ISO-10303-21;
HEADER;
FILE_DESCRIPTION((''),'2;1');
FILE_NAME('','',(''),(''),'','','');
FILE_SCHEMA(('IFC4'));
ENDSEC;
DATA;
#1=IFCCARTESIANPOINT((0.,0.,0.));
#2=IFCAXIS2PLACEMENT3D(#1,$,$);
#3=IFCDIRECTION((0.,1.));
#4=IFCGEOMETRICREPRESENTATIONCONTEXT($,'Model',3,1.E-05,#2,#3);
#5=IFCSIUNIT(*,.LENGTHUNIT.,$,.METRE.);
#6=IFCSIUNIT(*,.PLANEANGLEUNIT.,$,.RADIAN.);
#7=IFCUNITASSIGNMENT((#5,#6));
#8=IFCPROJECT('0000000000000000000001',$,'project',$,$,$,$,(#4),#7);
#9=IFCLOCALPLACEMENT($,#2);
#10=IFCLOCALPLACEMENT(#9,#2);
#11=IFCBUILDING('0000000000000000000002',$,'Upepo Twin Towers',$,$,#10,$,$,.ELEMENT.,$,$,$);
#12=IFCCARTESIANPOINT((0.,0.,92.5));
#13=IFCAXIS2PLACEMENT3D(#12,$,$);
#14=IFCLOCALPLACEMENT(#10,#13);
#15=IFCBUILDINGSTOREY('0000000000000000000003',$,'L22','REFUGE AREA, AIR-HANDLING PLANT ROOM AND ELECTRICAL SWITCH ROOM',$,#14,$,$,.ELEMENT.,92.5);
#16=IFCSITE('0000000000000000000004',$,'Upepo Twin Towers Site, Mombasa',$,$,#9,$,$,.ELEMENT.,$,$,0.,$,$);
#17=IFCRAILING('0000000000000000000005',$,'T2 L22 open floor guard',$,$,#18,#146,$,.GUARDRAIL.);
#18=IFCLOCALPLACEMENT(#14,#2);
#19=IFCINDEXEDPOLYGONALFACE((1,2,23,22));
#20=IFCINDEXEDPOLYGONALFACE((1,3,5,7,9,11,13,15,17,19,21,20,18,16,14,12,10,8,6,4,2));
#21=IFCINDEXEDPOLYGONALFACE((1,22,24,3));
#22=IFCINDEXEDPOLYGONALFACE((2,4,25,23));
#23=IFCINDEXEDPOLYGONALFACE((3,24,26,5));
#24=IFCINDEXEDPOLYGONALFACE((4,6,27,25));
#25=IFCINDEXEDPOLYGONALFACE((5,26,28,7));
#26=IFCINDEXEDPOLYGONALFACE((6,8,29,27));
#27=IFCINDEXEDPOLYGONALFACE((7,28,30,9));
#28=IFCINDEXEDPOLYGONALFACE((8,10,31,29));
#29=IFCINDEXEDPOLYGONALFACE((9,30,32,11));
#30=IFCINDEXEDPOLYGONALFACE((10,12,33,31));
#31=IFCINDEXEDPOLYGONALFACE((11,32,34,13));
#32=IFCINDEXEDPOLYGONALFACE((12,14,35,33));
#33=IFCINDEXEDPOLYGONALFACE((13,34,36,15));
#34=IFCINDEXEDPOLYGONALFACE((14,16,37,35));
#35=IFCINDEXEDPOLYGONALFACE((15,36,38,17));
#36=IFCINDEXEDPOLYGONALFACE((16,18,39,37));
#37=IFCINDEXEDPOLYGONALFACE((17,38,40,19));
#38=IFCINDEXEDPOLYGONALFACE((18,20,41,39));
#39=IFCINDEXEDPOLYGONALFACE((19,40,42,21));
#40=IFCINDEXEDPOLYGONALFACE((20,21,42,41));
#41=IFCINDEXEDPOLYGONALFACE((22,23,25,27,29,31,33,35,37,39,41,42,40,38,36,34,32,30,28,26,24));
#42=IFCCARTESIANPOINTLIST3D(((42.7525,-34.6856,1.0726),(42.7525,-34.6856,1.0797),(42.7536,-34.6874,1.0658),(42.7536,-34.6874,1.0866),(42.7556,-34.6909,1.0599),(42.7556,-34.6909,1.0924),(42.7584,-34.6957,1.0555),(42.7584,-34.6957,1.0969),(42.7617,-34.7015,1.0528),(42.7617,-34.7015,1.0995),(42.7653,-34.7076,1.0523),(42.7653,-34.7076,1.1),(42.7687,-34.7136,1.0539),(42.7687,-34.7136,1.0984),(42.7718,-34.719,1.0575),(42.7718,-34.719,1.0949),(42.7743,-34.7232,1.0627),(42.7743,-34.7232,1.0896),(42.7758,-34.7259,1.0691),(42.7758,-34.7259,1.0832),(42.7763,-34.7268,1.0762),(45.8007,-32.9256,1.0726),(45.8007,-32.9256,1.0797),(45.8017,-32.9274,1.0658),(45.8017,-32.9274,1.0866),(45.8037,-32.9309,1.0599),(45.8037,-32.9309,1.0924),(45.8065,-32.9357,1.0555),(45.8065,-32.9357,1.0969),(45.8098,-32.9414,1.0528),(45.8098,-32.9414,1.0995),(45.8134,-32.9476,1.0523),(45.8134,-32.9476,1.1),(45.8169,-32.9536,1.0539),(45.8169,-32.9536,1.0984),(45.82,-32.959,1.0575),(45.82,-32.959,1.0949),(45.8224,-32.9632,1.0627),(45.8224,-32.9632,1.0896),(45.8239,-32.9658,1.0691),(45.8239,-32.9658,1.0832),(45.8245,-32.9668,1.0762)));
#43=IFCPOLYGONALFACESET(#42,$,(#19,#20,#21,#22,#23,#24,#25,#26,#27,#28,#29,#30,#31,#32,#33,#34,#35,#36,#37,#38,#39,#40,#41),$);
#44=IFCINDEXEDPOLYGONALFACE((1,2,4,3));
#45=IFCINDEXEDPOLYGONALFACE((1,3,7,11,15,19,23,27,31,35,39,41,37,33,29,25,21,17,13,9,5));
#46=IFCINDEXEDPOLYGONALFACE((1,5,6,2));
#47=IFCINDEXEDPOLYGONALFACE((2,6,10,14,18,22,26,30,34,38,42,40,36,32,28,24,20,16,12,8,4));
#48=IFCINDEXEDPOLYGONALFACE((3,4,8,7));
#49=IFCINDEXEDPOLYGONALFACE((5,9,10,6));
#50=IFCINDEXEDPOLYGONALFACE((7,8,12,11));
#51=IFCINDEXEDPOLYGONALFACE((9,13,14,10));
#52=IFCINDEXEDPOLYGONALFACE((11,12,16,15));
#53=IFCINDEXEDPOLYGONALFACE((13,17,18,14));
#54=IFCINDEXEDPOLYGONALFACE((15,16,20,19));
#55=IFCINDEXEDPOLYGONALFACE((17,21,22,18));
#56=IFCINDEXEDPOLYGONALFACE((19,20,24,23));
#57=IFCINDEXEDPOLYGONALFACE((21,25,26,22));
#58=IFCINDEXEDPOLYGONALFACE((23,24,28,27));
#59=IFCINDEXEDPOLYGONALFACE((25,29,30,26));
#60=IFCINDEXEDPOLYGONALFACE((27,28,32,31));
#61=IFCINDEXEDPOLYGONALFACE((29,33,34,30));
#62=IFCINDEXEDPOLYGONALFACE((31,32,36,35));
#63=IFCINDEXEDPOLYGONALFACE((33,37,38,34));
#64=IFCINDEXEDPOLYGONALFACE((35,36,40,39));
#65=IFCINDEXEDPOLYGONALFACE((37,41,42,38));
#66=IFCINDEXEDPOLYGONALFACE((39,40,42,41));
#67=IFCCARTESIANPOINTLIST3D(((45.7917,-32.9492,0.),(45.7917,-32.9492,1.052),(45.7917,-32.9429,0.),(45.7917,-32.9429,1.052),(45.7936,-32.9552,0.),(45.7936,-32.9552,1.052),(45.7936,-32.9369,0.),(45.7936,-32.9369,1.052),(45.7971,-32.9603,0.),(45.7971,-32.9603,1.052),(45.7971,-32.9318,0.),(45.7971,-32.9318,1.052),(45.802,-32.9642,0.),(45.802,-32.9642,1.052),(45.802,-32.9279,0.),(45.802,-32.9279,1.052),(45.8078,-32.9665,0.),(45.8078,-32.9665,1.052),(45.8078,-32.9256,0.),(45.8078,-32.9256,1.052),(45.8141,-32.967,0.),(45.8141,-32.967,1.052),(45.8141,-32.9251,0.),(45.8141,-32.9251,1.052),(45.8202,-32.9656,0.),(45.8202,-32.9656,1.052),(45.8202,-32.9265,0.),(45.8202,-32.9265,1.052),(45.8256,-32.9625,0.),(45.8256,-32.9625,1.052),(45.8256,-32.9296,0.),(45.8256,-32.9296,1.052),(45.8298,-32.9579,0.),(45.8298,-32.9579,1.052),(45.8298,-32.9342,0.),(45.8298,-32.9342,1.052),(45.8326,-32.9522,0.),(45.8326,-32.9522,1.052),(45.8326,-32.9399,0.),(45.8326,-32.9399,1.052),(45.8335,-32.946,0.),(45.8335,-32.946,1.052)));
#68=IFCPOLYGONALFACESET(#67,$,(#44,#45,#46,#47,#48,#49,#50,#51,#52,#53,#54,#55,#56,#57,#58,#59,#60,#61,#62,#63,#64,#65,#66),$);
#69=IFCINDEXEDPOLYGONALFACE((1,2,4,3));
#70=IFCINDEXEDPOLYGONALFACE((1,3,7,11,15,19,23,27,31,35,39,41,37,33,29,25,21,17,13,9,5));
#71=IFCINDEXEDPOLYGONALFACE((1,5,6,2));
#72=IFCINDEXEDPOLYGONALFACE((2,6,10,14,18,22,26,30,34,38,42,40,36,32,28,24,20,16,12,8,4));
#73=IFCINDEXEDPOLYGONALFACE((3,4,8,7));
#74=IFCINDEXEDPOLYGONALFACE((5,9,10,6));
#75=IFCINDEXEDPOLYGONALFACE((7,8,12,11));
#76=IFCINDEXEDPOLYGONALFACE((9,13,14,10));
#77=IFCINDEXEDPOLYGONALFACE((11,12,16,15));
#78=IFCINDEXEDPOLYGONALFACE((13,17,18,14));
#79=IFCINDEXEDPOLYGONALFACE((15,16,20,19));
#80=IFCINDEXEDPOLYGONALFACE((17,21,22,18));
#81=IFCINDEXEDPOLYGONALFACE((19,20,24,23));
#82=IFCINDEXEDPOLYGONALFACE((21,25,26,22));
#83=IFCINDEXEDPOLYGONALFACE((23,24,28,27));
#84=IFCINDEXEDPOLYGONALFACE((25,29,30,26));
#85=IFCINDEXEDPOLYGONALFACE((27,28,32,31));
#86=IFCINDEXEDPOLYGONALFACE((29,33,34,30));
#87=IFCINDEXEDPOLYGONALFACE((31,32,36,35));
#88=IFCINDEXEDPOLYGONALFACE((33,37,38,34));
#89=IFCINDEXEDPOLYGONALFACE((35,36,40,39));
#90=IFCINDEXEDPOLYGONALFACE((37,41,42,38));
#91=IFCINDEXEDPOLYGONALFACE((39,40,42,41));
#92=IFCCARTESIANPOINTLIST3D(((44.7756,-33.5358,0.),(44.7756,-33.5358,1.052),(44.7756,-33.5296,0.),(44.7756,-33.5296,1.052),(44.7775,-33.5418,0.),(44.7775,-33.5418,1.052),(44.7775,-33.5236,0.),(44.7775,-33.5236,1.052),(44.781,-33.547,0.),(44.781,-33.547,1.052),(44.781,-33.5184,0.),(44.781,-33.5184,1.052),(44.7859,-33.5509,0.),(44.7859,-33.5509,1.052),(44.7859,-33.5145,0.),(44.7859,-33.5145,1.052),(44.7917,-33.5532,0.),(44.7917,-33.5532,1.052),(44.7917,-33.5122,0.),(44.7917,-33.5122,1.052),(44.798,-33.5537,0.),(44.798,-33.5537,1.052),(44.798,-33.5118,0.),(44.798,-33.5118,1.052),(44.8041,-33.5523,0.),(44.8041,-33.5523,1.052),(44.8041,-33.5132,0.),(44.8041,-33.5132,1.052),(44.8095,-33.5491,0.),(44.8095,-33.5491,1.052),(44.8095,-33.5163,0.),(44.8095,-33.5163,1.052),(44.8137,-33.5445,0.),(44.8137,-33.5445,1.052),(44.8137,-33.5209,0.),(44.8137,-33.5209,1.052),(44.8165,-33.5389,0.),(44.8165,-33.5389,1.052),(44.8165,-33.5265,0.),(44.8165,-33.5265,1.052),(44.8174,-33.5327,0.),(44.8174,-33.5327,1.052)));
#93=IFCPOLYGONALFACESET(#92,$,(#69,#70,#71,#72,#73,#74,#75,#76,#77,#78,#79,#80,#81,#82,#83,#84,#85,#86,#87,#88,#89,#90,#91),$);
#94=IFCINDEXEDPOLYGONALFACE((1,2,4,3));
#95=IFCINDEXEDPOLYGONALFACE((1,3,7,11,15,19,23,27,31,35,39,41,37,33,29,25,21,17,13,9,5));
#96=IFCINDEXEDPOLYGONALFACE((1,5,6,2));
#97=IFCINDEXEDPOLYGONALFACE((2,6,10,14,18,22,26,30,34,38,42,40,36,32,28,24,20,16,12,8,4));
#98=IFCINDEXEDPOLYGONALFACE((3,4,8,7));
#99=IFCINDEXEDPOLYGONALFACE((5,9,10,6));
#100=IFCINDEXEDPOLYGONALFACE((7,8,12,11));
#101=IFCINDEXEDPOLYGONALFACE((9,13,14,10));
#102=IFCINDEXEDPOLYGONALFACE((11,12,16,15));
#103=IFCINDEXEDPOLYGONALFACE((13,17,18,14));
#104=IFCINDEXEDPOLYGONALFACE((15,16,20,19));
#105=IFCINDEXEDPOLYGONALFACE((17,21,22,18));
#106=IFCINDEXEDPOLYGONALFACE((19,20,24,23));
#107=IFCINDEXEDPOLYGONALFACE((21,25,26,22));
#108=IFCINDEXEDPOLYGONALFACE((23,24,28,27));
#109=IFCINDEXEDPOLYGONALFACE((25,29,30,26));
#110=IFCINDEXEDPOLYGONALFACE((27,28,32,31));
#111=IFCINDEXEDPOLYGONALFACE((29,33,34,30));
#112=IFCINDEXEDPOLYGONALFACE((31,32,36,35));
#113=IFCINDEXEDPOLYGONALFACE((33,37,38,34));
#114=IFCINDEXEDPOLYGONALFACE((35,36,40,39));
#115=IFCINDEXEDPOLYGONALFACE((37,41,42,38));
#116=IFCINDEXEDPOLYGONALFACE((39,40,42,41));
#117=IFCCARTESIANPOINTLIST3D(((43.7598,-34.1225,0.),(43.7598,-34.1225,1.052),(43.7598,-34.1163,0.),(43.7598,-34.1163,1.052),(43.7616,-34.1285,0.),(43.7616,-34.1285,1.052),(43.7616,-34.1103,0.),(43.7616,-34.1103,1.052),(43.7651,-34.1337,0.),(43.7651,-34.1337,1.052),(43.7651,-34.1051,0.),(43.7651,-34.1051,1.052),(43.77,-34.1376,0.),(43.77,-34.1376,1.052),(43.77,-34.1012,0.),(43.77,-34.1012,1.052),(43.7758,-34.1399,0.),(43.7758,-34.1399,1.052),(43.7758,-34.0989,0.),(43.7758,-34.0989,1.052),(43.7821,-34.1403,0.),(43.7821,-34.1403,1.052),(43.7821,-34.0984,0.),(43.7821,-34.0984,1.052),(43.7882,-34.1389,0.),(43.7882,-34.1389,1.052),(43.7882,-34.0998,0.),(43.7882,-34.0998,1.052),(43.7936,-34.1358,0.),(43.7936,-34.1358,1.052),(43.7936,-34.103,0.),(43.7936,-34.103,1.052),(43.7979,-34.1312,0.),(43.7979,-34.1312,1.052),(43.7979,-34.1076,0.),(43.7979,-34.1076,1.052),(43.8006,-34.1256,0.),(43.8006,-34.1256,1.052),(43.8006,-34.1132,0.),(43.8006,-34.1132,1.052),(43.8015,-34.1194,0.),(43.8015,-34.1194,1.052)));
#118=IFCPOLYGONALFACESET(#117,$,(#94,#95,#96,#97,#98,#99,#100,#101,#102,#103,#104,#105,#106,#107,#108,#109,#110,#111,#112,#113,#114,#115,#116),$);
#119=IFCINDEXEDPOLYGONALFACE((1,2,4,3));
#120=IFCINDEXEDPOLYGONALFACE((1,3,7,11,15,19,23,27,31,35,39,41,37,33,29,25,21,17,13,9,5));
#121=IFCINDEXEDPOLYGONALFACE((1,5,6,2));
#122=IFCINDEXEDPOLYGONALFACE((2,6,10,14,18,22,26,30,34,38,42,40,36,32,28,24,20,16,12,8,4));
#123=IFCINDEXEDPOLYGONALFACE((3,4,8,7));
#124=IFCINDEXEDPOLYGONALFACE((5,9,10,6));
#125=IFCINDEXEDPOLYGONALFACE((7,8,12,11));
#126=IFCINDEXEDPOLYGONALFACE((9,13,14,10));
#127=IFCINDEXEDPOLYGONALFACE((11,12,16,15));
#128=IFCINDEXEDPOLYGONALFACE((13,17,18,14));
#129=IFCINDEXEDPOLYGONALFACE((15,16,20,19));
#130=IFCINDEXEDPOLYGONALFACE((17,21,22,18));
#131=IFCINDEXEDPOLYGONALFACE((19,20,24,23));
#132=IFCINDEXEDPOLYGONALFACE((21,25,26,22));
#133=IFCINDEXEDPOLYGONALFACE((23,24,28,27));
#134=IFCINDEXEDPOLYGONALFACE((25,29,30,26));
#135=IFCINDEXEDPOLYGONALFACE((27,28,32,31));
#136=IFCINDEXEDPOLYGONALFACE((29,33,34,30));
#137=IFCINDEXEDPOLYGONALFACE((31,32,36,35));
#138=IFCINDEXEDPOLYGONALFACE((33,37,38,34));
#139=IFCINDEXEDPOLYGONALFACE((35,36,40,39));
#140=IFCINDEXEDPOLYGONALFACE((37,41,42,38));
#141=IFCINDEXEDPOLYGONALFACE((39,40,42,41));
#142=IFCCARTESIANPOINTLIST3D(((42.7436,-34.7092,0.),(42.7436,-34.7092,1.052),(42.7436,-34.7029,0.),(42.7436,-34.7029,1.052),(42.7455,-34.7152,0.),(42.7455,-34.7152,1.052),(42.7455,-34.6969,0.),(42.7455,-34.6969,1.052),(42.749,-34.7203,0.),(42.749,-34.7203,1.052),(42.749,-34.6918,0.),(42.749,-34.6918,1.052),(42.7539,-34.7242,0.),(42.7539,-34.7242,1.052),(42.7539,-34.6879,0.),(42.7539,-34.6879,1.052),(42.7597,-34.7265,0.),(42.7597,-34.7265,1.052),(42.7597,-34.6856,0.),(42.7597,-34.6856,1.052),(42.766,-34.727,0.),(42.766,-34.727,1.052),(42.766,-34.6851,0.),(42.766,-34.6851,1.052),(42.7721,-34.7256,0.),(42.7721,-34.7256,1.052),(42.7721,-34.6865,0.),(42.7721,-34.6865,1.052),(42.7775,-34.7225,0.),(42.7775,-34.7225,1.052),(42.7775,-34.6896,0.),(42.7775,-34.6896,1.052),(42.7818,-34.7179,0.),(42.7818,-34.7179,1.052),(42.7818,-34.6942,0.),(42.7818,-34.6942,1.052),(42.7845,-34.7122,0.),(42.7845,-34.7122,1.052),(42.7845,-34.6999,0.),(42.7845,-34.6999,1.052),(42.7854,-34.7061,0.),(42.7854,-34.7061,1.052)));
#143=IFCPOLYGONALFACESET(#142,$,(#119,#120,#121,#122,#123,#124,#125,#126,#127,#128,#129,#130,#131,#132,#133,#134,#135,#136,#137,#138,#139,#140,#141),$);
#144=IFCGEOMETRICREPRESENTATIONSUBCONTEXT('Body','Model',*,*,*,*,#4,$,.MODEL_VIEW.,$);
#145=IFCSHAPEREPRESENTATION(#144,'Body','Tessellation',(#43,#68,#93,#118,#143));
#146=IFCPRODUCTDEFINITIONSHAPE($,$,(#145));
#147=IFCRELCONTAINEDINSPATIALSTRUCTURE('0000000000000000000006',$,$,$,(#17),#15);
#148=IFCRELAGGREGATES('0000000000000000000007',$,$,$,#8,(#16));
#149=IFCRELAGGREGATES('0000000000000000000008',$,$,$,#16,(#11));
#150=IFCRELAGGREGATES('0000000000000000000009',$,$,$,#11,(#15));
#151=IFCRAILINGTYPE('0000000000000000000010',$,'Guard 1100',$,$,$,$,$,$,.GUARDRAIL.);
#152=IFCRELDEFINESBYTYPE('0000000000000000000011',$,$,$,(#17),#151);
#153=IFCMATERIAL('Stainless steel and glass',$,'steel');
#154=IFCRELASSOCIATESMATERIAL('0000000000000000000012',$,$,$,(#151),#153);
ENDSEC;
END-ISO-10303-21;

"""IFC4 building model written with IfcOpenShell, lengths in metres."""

from ifc_helpers import new_model, si_unit, direction, frame, origin, origin_2d, place, context, subcontext, project, spatial, circle, extrude, material, type_object, element, save


model = new_model("IFC4")

# Units and contexts
model_context = context("Model", 3, precision=1e-05, world=origin(), true_north=direction((0.0, 1.0)))
body_context = subcontext(model_context, "Body", "Model", "MODEL_VIEW")
ifc_project = project(units=[si_unit("LENGTHUNIT", "METRE"), si_unit("PLANEANGLEUNIT", "RADIAN")], contexts=[model_context])

# Site, building, storey
site_placement = place(None, origin())
site = spatial("IfcSite", under=ifc_project, at=site_placement, Name="Upepo Twin Towers Site, Mombasa", CompositionType="ELEMENT", RefElevation=0.0)
building_placement = place(site_placement, origin())
building = spatial("IfcBuilding", under=site, at=building_placement, Name="Upepo Twin Towers", CompositionType="ELEMENT")
storey_placement = place(building_placement, frame((0.0, 0.0, 92.5)))
storey = spatial("IfcBuildingStorey", under=building, at=storey_placement, Name="L22", Description="REFUGE AREA, AIR-HANDLING PLANT ROOM AND ELECTRICAL SWITCH ROOM", CompositionType="ELEMENT", Elevation=92.5)

# Railing
ifc_material_1 = material(Name="Stainless steel and glass", Category="steel")
railing_type = type_object("IfcRailingType", Name="Guard 1100", PredefinedType="GUARDRAIL", material=ifc_material_1)
for number, where, name in (
    (1, (45.8125, -32.946, 0.0), "T2 L22 open floor guard"),
):
    element("IfcRailing", number, at=place(storey_placement, frame(where)), inside=storey, type_object=railing_type, Name=name, PredefinedType="GUARDRAIL", context=body_context, shape_type="SweptSolid", body=[
        extrude(circle(Radius=0.0239, at=origin_2d()), frame((0.0, 0.0, 1.0762), z_axis=(-0.866002, -0.500041, 0.0), x_axis=(0.500041, -0.866002, 0.0)), (0.0, 0.0, 1.0), 3.5198),
        extrude(circle(Radius=0.021, at=origin_2d()), origin(), (0.0, 0.0, 1.0), 1.052),
        extrude(circle(Radius=0.021, at=origin_2d()), frame((-1.0161, -0.5867, 0.0)), (0.0, 0.0, 1.0), 1.052),
        extrude(circle(Radius=0.021, at=origin_2d()), frame((-2.032, -1.1733, 0.0)), (0.0, 0.0, 1.0), 1.052),
        extrude(circle(Radius=0.021, at=origin_2d()), frame((-3.0481, -1.76, 0.0)), (0.0, 0.0, 1.0), 1.052),
    ])

save(model, "model.ifc")
